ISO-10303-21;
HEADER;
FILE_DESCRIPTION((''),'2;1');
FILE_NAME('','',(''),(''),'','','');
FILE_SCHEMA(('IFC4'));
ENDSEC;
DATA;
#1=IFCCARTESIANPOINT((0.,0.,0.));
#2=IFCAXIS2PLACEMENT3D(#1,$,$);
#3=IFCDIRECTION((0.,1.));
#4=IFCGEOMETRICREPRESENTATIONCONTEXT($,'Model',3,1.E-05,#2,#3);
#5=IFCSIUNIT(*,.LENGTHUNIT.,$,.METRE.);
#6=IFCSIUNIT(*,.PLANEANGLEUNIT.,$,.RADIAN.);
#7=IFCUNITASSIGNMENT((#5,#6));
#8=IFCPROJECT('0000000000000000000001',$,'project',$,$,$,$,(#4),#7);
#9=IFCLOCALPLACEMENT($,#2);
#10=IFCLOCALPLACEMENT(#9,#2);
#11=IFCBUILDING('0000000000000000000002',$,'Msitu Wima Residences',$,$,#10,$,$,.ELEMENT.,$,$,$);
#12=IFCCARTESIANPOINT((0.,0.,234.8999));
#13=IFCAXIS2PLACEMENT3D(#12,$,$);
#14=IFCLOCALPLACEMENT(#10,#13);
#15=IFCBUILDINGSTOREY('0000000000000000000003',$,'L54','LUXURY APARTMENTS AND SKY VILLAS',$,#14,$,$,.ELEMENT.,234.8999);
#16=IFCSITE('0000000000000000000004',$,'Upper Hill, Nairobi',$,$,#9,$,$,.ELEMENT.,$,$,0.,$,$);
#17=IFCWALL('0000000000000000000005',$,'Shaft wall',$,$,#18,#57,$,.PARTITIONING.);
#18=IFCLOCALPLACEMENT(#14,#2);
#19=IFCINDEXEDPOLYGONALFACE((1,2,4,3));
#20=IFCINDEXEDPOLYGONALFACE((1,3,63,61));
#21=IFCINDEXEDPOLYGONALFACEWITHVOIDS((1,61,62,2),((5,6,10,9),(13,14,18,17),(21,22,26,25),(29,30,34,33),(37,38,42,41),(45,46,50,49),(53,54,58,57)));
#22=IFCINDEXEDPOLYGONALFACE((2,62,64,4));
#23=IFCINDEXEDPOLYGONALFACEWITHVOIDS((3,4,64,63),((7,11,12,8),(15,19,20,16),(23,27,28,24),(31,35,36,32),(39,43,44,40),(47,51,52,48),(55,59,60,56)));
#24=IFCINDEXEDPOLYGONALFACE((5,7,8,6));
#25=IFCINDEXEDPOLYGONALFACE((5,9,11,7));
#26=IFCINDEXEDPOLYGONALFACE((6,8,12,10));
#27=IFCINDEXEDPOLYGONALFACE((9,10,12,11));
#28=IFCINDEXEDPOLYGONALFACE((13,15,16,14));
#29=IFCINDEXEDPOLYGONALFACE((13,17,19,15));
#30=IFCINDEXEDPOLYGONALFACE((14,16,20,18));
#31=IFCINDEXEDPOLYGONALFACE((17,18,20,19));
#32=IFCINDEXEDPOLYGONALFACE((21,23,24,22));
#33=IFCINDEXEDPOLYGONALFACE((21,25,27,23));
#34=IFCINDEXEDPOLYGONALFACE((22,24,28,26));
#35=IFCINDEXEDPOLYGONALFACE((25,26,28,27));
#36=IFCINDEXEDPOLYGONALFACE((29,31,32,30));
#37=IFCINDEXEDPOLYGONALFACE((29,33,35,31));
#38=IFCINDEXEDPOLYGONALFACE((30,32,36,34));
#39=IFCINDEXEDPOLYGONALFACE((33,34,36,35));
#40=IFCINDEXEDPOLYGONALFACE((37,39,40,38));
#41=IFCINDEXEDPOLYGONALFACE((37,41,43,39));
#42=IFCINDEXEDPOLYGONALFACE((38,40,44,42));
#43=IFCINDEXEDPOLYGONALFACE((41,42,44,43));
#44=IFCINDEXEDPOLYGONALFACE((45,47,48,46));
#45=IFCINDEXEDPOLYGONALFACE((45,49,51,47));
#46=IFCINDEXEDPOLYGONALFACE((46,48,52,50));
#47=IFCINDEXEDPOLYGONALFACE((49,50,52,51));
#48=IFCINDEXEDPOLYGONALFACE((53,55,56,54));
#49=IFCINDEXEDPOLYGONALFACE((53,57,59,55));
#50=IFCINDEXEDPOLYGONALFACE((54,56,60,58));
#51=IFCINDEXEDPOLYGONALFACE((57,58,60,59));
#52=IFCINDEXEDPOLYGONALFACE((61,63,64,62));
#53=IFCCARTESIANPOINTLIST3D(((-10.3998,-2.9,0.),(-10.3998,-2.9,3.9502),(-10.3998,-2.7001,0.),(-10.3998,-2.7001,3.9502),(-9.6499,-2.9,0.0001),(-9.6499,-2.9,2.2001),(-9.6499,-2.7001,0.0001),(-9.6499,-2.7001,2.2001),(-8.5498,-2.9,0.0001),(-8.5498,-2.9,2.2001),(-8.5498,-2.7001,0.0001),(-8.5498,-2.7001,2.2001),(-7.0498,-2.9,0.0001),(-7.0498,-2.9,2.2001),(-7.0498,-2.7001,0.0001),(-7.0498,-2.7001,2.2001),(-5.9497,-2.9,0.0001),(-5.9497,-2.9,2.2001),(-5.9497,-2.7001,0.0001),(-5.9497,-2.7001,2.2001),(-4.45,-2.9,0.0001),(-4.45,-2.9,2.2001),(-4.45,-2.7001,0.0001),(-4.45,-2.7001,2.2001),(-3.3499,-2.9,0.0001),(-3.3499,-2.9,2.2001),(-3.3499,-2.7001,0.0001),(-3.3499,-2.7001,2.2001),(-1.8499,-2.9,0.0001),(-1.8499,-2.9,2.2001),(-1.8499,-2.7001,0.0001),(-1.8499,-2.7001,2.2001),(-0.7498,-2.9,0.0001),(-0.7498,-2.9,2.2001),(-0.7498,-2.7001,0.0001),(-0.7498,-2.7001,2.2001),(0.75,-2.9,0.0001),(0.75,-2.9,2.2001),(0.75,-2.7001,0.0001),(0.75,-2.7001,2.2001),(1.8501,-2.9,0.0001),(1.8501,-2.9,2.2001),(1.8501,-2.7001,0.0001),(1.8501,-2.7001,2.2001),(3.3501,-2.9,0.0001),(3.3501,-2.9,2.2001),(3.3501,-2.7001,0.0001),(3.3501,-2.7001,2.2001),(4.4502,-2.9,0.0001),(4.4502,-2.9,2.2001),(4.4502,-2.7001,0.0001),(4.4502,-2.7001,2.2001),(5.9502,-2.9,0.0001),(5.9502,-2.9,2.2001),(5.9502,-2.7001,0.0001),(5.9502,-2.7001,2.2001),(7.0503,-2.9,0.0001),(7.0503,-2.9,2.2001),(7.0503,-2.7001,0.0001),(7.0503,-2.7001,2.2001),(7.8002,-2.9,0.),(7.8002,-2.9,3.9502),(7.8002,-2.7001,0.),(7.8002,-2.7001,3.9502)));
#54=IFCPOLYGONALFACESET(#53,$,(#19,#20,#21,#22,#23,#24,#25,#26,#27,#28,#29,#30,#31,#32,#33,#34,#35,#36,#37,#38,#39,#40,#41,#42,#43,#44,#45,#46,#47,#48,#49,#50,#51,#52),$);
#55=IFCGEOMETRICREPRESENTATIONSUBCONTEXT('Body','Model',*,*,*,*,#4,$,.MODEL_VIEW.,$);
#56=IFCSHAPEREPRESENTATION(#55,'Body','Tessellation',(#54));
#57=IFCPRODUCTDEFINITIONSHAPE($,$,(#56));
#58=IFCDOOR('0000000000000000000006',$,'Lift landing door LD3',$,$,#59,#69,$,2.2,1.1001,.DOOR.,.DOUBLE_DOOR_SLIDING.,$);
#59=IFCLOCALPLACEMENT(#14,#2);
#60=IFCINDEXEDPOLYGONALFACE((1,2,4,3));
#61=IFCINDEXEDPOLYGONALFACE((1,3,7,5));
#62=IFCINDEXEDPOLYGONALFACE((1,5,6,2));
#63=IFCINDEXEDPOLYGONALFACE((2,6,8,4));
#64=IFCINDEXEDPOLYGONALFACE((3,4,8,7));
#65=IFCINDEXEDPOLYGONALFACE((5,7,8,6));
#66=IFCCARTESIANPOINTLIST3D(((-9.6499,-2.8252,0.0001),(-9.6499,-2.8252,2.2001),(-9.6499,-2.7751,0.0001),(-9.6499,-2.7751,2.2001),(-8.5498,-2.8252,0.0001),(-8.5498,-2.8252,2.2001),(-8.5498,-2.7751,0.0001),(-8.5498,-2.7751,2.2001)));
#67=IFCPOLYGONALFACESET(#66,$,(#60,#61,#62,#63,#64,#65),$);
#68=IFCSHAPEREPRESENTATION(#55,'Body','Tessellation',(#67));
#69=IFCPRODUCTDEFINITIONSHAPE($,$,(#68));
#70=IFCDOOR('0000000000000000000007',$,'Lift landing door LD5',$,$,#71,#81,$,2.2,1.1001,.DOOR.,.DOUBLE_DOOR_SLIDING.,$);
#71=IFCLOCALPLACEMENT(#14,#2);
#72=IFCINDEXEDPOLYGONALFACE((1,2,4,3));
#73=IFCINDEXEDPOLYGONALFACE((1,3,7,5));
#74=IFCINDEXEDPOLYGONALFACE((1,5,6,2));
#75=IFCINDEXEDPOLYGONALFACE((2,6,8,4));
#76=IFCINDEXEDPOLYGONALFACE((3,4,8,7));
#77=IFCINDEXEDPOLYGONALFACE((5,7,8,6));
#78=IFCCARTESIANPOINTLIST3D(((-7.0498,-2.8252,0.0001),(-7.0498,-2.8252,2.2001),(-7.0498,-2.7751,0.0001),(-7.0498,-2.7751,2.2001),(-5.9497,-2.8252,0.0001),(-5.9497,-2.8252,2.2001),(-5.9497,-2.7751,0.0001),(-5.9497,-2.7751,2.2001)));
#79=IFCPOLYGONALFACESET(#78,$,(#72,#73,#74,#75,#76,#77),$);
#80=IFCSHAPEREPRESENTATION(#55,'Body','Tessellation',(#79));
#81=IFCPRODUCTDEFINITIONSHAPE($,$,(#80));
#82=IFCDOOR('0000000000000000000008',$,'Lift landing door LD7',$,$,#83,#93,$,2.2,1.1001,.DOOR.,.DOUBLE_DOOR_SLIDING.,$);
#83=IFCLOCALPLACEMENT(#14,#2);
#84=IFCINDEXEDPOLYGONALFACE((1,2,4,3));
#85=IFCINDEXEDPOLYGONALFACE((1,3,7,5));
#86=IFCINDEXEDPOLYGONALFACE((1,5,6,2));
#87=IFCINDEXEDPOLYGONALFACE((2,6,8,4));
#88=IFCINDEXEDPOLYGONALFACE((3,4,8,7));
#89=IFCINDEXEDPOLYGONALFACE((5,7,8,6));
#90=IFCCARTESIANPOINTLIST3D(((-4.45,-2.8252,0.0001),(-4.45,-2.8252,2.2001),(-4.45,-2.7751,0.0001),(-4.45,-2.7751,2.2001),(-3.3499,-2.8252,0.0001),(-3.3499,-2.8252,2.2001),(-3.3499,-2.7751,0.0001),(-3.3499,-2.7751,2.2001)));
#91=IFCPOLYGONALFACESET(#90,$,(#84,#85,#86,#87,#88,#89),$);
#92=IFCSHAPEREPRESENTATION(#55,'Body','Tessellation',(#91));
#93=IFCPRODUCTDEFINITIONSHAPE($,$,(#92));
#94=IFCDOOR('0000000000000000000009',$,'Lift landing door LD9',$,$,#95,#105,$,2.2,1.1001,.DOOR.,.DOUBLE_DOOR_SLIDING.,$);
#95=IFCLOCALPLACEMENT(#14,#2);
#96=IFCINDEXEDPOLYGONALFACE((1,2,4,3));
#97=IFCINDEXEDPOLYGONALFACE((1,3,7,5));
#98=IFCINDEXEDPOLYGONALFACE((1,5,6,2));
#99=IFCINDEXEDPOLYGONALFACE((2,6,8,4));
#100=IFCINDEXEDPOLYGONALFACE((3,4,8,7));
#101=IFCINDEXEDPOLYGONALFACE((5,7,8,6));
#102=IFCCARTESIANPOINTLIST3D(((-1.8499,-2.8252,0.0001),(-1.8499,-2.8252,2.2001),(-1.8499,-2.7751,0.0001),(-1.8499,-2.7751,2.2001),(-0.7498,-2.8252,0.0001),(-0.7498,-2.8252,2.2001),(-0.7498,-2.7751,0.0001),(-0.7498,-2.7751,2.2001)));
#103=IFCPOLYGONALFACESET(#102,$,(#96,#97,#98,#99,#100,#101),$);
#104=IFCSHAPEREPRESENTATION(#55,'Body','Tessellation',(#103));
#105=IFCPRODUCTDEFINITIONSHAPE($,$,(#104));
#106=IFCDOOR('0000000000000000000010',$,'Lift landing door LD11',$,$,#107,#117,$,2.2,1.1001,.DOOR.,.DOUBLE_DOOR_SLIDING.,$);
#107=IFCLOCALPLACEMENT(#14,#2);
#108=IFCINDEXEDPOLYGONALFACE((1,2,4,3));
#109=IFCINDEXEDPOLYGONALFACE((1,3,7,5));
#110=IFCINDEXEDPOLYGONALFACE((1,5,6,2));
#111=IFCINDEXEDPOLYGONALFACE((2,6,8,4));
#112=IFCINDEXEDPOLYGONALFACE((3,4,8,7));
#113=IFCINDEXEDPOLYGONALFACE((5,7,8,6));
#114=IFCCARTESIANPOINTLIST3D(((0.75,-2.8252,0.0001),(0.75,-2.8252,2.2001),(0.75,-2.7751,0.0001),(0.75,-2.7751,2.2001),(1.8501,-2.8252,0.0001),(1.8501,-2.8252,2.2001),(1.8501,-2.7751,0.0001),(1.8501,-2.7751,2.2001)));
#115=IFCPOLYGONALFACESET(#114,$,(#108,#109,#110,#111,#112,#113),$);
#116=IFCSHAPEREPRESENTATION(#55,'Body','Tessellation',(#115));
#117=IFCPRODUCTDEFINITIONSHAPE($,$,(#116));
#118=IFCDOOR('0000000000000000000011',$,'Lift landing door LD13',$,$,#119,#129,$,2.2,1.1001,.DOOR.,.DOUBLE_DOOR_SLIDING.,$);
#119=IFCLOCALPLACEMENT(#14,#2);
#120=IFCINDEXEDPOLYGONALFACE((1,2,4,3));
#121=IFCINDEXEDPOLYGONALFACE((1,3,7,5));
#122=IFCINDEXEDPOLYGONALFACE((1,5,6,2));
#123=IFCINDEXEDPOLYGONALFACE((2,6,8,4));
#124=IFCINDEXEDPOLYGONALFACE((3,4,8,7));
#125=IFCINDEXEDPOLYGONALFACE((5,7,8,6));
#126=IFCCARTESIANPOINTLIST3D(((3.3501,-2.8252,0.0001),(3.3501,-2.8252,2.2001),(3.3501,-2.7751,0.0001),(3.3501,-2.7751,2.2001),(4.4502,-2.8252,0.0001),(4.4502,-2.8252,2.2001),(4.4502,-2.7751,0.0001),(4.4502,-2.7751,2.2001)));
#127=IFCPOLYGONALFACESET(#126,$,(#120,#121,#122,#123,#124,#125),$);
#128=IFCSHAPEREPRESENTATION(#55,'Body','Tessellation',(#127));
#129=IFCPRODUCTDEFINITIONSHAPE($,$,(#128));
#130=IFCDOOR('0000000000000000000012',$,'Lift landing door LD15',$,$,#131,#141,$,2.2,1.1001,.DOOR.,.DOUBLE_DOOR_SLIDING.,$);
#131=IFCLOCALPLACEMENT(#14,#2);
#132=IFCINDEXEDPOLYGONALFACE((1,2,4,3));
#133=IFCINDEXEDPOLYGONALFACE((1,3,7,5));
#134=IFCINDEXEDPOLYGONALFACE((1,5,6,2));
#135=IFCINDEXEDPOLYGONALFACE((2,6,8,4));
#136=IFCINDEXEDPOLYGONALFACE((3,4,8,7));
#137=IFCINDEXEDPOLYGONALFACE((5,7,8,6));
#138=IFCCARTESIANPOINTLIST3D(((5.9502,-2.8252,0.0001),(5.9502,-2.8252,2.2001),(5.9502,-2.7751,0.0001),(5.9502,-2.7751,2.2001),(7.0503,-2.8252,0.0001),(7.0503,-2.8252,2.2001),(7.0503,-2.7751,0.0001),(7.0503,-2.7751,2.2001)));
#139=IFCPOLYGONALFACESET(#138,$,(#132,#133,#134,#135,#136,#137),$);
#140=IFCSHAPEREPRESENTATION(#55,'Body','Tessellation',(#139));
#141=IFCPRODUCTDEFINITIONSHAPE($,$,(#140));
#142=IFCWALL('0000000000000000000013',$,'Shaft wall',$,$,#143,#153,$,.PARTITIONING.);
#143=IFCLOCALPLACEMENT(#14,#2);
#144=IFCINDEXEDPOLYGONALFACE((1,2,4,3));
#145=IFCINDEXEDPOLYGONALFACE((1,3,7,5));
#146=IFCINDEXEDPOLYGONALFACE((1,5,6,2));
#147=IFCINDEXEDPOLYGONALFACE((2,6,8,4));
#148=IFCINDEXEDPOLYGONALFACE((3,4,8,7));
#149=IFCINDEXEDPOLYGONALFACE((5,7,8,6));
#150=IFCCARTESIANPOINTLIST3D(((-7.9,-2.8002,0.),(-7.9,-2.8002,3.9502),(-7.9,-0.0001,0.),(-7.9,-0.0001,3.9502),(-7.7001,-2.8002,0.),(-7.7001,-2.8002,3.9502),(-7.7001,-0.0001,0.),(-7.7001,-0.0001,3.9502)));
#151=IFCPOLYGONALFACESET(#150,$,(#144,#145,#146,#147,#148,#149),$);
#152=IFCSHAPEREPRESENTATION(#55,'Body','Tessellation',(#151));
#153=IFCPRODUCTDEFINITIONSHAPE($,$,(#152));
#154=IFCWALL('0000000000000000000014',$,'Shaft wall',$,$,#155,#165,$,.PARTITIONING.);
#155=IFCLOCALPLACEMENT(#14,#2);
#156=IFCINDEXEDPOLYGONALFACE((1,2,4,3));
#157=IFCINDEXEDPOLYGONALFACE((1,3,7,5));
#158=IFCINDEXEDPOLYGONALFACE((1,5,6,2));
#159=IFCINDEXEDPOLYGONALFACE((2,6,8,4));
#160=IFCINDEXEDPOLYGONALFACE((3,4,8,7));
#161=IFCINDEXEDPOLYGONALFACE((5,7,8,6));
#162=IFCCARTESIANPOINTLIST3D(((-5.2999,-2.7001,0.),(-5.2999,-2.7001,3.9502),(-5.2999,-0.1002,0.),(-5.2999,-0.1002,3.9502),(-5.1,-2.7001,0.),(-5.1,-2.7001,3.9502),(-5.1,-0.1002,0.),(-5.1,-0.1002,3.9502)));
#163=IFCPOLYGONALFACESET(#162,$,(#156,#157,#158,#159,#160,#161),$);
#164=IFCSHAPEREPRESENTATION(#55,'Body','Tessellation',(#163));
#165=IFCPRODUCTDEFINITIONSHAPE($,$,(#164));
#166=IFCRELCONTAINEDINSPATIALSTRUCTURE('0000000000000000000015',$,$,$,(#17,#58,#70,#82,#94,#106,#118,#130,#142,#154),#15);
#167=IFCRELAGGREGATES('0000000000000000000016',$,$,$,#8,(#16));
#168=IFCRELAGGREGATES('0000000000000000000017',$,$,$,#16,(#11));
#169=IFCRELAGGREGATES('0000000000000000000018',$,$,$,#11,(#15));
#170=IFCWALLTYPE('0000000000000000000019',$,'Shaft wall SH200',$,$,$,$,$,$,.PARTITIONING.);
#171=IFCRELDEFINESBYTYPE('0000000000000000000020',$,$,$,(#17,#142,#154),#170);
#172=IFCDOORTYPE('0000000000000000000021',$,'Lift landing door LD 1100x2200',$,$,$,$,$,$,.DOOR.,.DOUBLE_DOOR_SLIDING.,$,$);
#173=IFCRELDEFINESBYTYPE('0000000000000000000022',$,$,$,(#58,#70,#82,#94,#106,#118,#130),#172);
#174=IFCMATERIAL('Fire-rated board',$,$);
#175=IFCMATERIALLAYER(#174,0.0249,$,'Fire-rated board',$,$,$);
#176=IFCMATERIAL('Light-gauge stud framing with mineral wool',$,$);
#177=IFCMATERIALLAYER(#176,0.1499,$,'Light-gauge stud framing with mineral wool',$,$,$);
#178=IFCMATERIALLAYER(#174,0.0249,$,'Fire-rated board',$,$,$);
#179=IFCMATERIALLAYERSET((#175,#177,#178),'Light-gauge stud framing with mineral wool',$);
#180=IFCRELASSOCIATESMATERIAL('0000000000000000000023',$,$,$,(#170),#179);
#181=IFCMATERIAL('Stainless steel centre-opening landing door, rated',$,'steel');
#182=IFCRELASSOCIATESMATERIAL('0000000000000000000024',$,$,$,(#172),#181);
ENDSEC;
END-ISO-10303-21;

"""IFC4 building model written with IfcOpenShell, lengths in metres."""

from ifc_helpers import new_model, si_unit, direction, frame, frame_2d, origin, place, context, subcontext, project, spatial, rectangle, extrude, material, layer, layer_set, type_object, element, fill, save


model = new_model("IFC4")

# Units and contexts
model_context = context("Model", 3, precision=1e-05, world=origin(), true_north=direction((0.0, 1.0)))
body_context = subcontext(model_context, "Body", "Model", "MODEL_VIEW")
ifc_project = project(units=[si_unit("LENGTHUNIT", "METRE"), si_unit("PLANEANGLEUNIT", "RADIAN")], contexts=[model_context])

# Site, building, storey
site_placement = place(None, origin())
site = spatial("IfcSite", under=ifc_project, at=site_placement, Name="Upper Hill, Nairobi", CompositionType="ELEMENT", RefElevation=0.0)
building_placement = place(site_placement, origin())
building = spatial("IfcBuilding", under=site, at=building_placement, Name="Msitu Wima Residences", CompositionType="ELEMENT")
storey_placement = place(building_placement, frame((0.0, 0.0, 234.8999)))
storey = spatial("IfcBuildingStorey", under=building, at=storey_placement, Name="L54", Description="LUXURY APARTMENTS AND SKY VILLAS", CompositionType="ELEMENT", Elevation=234.8999)

# Shared definitions
ifc_material_1 = material(Name="Fire-rated board")
ifc_layer_1 = layer(ifc_material_1, 0.0249, Name="Fire-rated board")
ifc_material_2 = material(Name="Light-gauge stud framing with mineral wool")
ifc_layer_2 = layer(ifc_material_2, 0.1499, Name="Light-gauge stud framing with mineral wool")
ifc_layer_3 = layer(ifc_material_1, 0.0249, Name="Fire-rated board")
ifc_layer_set_1 = layer_set([ifc_layer_1, ifc_layer_2, ifc_layer_3], Name="Light-gauge stud framing with mineral wool")
wall_type_1 = type_object("IfcWallType", Name="Shaft wall SH200", PredefinedType="PARTITIONING", material=ifc_layer_set_1)

# Wall, openings, doors
wall_1_placement = place(storey_placement, frame((-10.3999, -2.8, 0.0), z_axis=(0.0, 0.0, 1.0), x_axis=(1.0, 0.0, 0.0)))
wall_1 = element("IfcWall", 1, at=wall_1_placement, inside=storey, type_object=wall_type_1, Name="Shaft wall", PredefinedType="PARTITIONING", context=body_context, shape_type="SweptSolid", body=[
    extrude(rectangle(XDim=18.2, YDim=0.2, at=frame_2d((9.1001, 0.0))), origin(), (0.0, 0.0, 1.0), 3.9502),
])
opening_1_placement = place(wall_1_placement, frame((0.75, 0.0, 0.0)))
opening_1 = element("IfcOpeningElement", 2, at=opening_1_placement, cuts=wall_1, PredefinedType="OPENING", context=body_context, shape_type="SweptSolid", body=[
    extrude(rectangle(XDim=1.1001, YDim=2.2, at=frame_2d((0.55, 1.1001))), frame((0.0, 0.1099, 0.0), z_axis=(0.0, -1.0, 0.0), x_axis=(1.0, 0.0, 0.0)), (0.0, 0.0, 1.0), 0.22),
])
opening_2_placement = place(wall_1_placement, frame((3.3501, 0.0, 0.0)))
opening_2 = element("IfcOpeningElement", 3, at=opening_2_placement, cuts=wall_1, PredefinedType="OPENING", context=body_context, shape_type="SweptSolid", body=[
    extrude(rectangle(XDim=1.1001, YDim=2.2, at=frame_2d((0.55, 1.1001))), frame((0.0, 0.1099, 0.0), z_axis=(0.0, -1.0, 0.0), x_axis=(1.0, 0.0, 0.0)), (0.0, 0.0, 1.0), 0.22),
])
opening_3_placement = place(wall_1_placement, frame((5.95, 0.0, 0.0)))
opening_3 = element("IfcOpeningElement", 4, at=opening_3_placement, cuts=wall_1, PredefinedType="OPENING", context=body_context, shape_type="SweptSolid", body=[
    extrude(rectangle(XDim=1.1001, YDim=2.2, at=frame_2d((0.55, 1.1001))), frame((0.0, 0.1099, 0.0), z_axis=(0.0, -1.0, 0.0), x_axis=(1.0, 0.0, 0.0)), (0.0, 0.0, 1.0), 0.22),
])
opening_4_placement = place(wall_1_placement, frame((8.55, 0.0, 0.0)))
opening_4 = element("IfcOpeningElement", 5, at=opening_4_placement, cuts=wall_1, PredefinedType="OPENING", context=body_context, shape_type="SweptSolid", body=[
    extrude(rectangle(XDim=1.1001, YDim=2.2, at=frame_2d((0.55, 1.1001))), frame((0.0, 0.1099, 0.0), z_axis=(0.0, -1.0, 0.0), x_axis=(1.0, 0.0, 0.0)), (0.0, 0.0, 1.0), 0.22),
])
opening_5_placement = place(wall_1_placement, frame((11.1499, 0.0, 0.0)))
opening_5 = element("IfcOpeningElement", 6, at=opening_5_placement, cuts=wall_1, PredefinedType="OPENING", context=body_context, shape_type="SweptSolid", body=[
    extrude(rectangle(XDim=1.1001, YDim=2.2, at=frame_2d((0.55, 1.1001))), frame((0.0, 0.1099, 0.0), z_axis=(0.0, -1.0, 0.0), x_axis=(1.0, 0.0, 0.0)), (0.0, 0.0, 1.0), 0.22),
])
opening_6_placement = place(wall_1_placement, frame((13.75, 0.0, 0.0)))
opening_6 = element("IfcOpeningElement", 7, at=opening_6_placement, cuts=wall_1, PredefinedType="OPENING", context=body_context, shape_type="SweptSolid", body=[
    extrude(rectangle(XDim=1.1001, YDim=2.2, at=frame_2d((0.55, 1.1001))), frame((0.0, 0.1099, 0.0), z_axis=(0.0, -1.0, 0.0), x_axis=(1.0, 0.0, 0.0)), (0.0, 0.0, 1.0), 0.22),
])
opening_7_placement = place(wall_1_placement, frame((16.3501, 0.0, 0.0)))
opening_7 = element("IfcOpeningElement", 8, at=opening_7_placement, cuts=wall_1, PredefinedType="OPENING", context=body_context, shape_type="SweptSolid", body=[
    extrude(rectangle(XDim=1.1001, YDim=2.2, at=frame_2d((0.55, 1.1001))), frame((0.0, 0.1099, 0.0), z_axis=(0.0, -1.0, 0.0), x_axis=(1.0, 0.0, 0.0)), (0.0, 0.0, 1.0), 0.22),
])
ifc_material_3 = material(Name="Stainless steel centre-opening landing door, rated", Category="steel")
door_type_1 = type_object("IfcDoorType", Name="Lift landing door LD 1100x2200", OperationType="DOUBLE_DOOR_SLIDING", PredefinedType="DOOR", material=ifc_material_3)
door_1_placement = place(opening_1_placement, origin())
door_1 = element("IfcDoor", 9, at=door_1_placement, inside=storey, type_object=door_type_1, Name="Lift landing door LD3", OperationType="DOUBLE_DOOR_SLIDING", OverallHeight=2.2, OverallWidth=1.1001, PredefinedType="DOOR", context=body_context, shape_type="SweptSolid", body=[
    extrude(rectangle(XDim=1.1001, YDim=2.2, at=frame_2d((0.55, 1.1001))), frame((0.0, 0.0249, 0.0), z_axis=(0.0, -1.0, 0.0), x_axis=(1.0, 0.0, 0.0)), (0.0, 0.0, 1.0), 0.05),
])
fill(opening_1, door_1)
door_2_placement = place(opening_2_placement, origin())
door_2 = element("IfcDoor", 10, at=door_2_placement, inside=storey, type_object=door_type_1, Name="Lift landing door LD5", OperationType="DOUBLE_DOOR_SLIDING", OverallHeight=2.2, OverallWidth=1.1001, PredefinedType="DOOR", context=body_context, shape_type="SweptSolid", body=[
    extrude(rectangle(XDim=1.1001, YDim=2.2, at=frame_2d((0.55, 1.1001))), frame((0.0, 0.0249, 0.0), z_axis=(0.0, -1.0, 0.0), x_axis=(1.0, 0.0, 0.0)), (0.0, 0.0, 1.0), 0.05),
])
fill(opening_2, door_2)
door_3_placement = place(opening_3_placement, origin())
door_3 = element("IfcDoor", 11, at=door_3_placement, inside=storey, type_object=door_type_1, Name="Lift landing door LD7", OperationType="DOUBLE_DOOR_SLIDING", OverallHeight=2.2, OverallWidth=1.1001, PredefinedType="DOOR", context=body_context, shape_type="SweptSolid", body=[
    extrude(rectangle(XDim=1.1001, YDim=2.2, at=frame_2d((0.55, 1.1001))), frame((0.0, 0.0249, 0.0), z_axis=(0.0, -1.0, 0.0), x_axis=(1.0, 0.0, 0.0)), (0.0, 0.0, 1.0), 0.05),
])
fill(opening_3, door_3)
door_4_placement = place(opening_4_placement, origin())
door_4 = element("IfcDoor", 12, at=door_4_placement, inside=storey, type_object=door_type_1, Name="Lift landing door LD9", OperationType="DOUBLE_DOOR_SLIDING", OverallHeight=2.2, OverallWidth=1.1001, PredefinedType="DOOR", context=body_context, shape_type="SweptSolid", body=[
    extrude(rectangle(XDim=1.1001, YDim=2.2, at=frame_2d((0.55, 1.1001))), frame((0.0, 0.0249, 0.0), z_axis=(0.0, -1.0, 0.0), x_axis=(1.0, 0.0, 0.0)), (0.0, 0.0, 1.0), 0.05),
])
fill(opening_4, door_4)
door_5_placement = place(opening_5_placement, origin())
door_5 = element("IfcDoor", 13, at=door_5_placement, inside=storey, type_object=door_type_1, Name="Lift landing door LD11", OperationType="DOUBLE_DOOR_SLIDING", OverallHeight=2.2, OverallWidth=1.1001, PredefinedType="DOOR", context=body_context, shape_type="SweptSolid", body=[
    extrude(rectangle(XDim=1.1001, YDim=2.2, at=frame_2d((0.55, 1.1001))), frame((0.0, 0.0249, 0.0), z_axis=(0.0, -1.0, 0.0), x_axis=(1.0, 0.0, 0.0)), (0.0, 0.0, 1.0), 0.05),
])
fill(opening_5, door_5)
door_6_placement = place(opening_6_placement, origin())
door_6 = element("IfcDoor", 14, at=door_6_placement, inside=storey, type_object=door_type_1, Name="Lift landing door LD13", OperationType="DOUBLE_DOOR_SLIDING", OverallHeight=2.2, OverallWidth=1.1001, PredefinedType="DOOR", context=body_context, shape_type="SweptSolid", body=[
    extrude(rectangle(XDim=1.1001, YDim=2.2, at=frame_2d((0.55, 1.1001))), frame((0.0, 0.0249, 0.0), z_axis=(0.0, -1.0, 0.0), x_axis=(1.0, 0.0, 0.0)), (0.0, 0.0, 1.0), 0.05),
])
fill(opening_6, door_6)
door_7_placement = place(opening_7_placement, origin())
door_7 = element("IfcDoor", 15, at=door_7_placement, inside=storey, type_object=door_type_1, Name="Lift landing door LD15", OperationType="DOUBLE_DOOR_SLIDING", OverallHeight=2.2, OverallWidth=1.1001, PredefinedType="DOOR", context=body_context, shape_type="SweptSolid", body=[
    extrude(rectangle(XDim=1.1001, YDim=2.2, at=frame_2d((0.55, 1.1001))), frame((0.0, 0.0249, 0.0), z_axis=(0.0, -1.0, 0.0), x_axis=(1.0, 0.0, 0.0)), (0.0, 0.0, 1.0), 0.05),
])
fill(opening_7, door_7)

# Walls
wall_2_placement = place(storey_placement, frame((-7.8, -2.8, 0.0), z_axis=(0.0, 0.0, 1.0), x_axis=(0.0, 1.0, 0.0)))
element("IfcWall", 16, at=wall_2_placement, inside=storey, type_object=wall_type_1, Name="Shaft wall", PredefinedType="PARTITIONING", context=body_context, shape_type="SweptSolid", body=[
    extrude(rectangle(XDim=2.8, YDim=0.2, at=frame_2d((1.3999, 0.0))), origin(), (0.0, 0.0, 1.0), 3.9502),
])
for number, where, z_axis, x_axis, name in (
    (17, (-5.2, -2.7, 0.0), (0.0, 0.0, 1.0), (0.0, 1.0, 0.0), "Shaft wall"),
):
    element("IfcWall", number, at=place(storey_placement, frame(where, z_axis=z_axis, x_axis=x_axis)), inside=storey, type_object=wall_type_1, Name=name, PredefinedType="PARTITIONING", context=body_context, shape_type="SweptSolid", body=[
        extrude(rectangle(XDim=2.5999, YDim=0.2, at=frame_2d((1.2998, 0.0))), origin(), (0.0, 0.0, 1.0), 3.9502),
    ])

save(model, "model.ifc")
